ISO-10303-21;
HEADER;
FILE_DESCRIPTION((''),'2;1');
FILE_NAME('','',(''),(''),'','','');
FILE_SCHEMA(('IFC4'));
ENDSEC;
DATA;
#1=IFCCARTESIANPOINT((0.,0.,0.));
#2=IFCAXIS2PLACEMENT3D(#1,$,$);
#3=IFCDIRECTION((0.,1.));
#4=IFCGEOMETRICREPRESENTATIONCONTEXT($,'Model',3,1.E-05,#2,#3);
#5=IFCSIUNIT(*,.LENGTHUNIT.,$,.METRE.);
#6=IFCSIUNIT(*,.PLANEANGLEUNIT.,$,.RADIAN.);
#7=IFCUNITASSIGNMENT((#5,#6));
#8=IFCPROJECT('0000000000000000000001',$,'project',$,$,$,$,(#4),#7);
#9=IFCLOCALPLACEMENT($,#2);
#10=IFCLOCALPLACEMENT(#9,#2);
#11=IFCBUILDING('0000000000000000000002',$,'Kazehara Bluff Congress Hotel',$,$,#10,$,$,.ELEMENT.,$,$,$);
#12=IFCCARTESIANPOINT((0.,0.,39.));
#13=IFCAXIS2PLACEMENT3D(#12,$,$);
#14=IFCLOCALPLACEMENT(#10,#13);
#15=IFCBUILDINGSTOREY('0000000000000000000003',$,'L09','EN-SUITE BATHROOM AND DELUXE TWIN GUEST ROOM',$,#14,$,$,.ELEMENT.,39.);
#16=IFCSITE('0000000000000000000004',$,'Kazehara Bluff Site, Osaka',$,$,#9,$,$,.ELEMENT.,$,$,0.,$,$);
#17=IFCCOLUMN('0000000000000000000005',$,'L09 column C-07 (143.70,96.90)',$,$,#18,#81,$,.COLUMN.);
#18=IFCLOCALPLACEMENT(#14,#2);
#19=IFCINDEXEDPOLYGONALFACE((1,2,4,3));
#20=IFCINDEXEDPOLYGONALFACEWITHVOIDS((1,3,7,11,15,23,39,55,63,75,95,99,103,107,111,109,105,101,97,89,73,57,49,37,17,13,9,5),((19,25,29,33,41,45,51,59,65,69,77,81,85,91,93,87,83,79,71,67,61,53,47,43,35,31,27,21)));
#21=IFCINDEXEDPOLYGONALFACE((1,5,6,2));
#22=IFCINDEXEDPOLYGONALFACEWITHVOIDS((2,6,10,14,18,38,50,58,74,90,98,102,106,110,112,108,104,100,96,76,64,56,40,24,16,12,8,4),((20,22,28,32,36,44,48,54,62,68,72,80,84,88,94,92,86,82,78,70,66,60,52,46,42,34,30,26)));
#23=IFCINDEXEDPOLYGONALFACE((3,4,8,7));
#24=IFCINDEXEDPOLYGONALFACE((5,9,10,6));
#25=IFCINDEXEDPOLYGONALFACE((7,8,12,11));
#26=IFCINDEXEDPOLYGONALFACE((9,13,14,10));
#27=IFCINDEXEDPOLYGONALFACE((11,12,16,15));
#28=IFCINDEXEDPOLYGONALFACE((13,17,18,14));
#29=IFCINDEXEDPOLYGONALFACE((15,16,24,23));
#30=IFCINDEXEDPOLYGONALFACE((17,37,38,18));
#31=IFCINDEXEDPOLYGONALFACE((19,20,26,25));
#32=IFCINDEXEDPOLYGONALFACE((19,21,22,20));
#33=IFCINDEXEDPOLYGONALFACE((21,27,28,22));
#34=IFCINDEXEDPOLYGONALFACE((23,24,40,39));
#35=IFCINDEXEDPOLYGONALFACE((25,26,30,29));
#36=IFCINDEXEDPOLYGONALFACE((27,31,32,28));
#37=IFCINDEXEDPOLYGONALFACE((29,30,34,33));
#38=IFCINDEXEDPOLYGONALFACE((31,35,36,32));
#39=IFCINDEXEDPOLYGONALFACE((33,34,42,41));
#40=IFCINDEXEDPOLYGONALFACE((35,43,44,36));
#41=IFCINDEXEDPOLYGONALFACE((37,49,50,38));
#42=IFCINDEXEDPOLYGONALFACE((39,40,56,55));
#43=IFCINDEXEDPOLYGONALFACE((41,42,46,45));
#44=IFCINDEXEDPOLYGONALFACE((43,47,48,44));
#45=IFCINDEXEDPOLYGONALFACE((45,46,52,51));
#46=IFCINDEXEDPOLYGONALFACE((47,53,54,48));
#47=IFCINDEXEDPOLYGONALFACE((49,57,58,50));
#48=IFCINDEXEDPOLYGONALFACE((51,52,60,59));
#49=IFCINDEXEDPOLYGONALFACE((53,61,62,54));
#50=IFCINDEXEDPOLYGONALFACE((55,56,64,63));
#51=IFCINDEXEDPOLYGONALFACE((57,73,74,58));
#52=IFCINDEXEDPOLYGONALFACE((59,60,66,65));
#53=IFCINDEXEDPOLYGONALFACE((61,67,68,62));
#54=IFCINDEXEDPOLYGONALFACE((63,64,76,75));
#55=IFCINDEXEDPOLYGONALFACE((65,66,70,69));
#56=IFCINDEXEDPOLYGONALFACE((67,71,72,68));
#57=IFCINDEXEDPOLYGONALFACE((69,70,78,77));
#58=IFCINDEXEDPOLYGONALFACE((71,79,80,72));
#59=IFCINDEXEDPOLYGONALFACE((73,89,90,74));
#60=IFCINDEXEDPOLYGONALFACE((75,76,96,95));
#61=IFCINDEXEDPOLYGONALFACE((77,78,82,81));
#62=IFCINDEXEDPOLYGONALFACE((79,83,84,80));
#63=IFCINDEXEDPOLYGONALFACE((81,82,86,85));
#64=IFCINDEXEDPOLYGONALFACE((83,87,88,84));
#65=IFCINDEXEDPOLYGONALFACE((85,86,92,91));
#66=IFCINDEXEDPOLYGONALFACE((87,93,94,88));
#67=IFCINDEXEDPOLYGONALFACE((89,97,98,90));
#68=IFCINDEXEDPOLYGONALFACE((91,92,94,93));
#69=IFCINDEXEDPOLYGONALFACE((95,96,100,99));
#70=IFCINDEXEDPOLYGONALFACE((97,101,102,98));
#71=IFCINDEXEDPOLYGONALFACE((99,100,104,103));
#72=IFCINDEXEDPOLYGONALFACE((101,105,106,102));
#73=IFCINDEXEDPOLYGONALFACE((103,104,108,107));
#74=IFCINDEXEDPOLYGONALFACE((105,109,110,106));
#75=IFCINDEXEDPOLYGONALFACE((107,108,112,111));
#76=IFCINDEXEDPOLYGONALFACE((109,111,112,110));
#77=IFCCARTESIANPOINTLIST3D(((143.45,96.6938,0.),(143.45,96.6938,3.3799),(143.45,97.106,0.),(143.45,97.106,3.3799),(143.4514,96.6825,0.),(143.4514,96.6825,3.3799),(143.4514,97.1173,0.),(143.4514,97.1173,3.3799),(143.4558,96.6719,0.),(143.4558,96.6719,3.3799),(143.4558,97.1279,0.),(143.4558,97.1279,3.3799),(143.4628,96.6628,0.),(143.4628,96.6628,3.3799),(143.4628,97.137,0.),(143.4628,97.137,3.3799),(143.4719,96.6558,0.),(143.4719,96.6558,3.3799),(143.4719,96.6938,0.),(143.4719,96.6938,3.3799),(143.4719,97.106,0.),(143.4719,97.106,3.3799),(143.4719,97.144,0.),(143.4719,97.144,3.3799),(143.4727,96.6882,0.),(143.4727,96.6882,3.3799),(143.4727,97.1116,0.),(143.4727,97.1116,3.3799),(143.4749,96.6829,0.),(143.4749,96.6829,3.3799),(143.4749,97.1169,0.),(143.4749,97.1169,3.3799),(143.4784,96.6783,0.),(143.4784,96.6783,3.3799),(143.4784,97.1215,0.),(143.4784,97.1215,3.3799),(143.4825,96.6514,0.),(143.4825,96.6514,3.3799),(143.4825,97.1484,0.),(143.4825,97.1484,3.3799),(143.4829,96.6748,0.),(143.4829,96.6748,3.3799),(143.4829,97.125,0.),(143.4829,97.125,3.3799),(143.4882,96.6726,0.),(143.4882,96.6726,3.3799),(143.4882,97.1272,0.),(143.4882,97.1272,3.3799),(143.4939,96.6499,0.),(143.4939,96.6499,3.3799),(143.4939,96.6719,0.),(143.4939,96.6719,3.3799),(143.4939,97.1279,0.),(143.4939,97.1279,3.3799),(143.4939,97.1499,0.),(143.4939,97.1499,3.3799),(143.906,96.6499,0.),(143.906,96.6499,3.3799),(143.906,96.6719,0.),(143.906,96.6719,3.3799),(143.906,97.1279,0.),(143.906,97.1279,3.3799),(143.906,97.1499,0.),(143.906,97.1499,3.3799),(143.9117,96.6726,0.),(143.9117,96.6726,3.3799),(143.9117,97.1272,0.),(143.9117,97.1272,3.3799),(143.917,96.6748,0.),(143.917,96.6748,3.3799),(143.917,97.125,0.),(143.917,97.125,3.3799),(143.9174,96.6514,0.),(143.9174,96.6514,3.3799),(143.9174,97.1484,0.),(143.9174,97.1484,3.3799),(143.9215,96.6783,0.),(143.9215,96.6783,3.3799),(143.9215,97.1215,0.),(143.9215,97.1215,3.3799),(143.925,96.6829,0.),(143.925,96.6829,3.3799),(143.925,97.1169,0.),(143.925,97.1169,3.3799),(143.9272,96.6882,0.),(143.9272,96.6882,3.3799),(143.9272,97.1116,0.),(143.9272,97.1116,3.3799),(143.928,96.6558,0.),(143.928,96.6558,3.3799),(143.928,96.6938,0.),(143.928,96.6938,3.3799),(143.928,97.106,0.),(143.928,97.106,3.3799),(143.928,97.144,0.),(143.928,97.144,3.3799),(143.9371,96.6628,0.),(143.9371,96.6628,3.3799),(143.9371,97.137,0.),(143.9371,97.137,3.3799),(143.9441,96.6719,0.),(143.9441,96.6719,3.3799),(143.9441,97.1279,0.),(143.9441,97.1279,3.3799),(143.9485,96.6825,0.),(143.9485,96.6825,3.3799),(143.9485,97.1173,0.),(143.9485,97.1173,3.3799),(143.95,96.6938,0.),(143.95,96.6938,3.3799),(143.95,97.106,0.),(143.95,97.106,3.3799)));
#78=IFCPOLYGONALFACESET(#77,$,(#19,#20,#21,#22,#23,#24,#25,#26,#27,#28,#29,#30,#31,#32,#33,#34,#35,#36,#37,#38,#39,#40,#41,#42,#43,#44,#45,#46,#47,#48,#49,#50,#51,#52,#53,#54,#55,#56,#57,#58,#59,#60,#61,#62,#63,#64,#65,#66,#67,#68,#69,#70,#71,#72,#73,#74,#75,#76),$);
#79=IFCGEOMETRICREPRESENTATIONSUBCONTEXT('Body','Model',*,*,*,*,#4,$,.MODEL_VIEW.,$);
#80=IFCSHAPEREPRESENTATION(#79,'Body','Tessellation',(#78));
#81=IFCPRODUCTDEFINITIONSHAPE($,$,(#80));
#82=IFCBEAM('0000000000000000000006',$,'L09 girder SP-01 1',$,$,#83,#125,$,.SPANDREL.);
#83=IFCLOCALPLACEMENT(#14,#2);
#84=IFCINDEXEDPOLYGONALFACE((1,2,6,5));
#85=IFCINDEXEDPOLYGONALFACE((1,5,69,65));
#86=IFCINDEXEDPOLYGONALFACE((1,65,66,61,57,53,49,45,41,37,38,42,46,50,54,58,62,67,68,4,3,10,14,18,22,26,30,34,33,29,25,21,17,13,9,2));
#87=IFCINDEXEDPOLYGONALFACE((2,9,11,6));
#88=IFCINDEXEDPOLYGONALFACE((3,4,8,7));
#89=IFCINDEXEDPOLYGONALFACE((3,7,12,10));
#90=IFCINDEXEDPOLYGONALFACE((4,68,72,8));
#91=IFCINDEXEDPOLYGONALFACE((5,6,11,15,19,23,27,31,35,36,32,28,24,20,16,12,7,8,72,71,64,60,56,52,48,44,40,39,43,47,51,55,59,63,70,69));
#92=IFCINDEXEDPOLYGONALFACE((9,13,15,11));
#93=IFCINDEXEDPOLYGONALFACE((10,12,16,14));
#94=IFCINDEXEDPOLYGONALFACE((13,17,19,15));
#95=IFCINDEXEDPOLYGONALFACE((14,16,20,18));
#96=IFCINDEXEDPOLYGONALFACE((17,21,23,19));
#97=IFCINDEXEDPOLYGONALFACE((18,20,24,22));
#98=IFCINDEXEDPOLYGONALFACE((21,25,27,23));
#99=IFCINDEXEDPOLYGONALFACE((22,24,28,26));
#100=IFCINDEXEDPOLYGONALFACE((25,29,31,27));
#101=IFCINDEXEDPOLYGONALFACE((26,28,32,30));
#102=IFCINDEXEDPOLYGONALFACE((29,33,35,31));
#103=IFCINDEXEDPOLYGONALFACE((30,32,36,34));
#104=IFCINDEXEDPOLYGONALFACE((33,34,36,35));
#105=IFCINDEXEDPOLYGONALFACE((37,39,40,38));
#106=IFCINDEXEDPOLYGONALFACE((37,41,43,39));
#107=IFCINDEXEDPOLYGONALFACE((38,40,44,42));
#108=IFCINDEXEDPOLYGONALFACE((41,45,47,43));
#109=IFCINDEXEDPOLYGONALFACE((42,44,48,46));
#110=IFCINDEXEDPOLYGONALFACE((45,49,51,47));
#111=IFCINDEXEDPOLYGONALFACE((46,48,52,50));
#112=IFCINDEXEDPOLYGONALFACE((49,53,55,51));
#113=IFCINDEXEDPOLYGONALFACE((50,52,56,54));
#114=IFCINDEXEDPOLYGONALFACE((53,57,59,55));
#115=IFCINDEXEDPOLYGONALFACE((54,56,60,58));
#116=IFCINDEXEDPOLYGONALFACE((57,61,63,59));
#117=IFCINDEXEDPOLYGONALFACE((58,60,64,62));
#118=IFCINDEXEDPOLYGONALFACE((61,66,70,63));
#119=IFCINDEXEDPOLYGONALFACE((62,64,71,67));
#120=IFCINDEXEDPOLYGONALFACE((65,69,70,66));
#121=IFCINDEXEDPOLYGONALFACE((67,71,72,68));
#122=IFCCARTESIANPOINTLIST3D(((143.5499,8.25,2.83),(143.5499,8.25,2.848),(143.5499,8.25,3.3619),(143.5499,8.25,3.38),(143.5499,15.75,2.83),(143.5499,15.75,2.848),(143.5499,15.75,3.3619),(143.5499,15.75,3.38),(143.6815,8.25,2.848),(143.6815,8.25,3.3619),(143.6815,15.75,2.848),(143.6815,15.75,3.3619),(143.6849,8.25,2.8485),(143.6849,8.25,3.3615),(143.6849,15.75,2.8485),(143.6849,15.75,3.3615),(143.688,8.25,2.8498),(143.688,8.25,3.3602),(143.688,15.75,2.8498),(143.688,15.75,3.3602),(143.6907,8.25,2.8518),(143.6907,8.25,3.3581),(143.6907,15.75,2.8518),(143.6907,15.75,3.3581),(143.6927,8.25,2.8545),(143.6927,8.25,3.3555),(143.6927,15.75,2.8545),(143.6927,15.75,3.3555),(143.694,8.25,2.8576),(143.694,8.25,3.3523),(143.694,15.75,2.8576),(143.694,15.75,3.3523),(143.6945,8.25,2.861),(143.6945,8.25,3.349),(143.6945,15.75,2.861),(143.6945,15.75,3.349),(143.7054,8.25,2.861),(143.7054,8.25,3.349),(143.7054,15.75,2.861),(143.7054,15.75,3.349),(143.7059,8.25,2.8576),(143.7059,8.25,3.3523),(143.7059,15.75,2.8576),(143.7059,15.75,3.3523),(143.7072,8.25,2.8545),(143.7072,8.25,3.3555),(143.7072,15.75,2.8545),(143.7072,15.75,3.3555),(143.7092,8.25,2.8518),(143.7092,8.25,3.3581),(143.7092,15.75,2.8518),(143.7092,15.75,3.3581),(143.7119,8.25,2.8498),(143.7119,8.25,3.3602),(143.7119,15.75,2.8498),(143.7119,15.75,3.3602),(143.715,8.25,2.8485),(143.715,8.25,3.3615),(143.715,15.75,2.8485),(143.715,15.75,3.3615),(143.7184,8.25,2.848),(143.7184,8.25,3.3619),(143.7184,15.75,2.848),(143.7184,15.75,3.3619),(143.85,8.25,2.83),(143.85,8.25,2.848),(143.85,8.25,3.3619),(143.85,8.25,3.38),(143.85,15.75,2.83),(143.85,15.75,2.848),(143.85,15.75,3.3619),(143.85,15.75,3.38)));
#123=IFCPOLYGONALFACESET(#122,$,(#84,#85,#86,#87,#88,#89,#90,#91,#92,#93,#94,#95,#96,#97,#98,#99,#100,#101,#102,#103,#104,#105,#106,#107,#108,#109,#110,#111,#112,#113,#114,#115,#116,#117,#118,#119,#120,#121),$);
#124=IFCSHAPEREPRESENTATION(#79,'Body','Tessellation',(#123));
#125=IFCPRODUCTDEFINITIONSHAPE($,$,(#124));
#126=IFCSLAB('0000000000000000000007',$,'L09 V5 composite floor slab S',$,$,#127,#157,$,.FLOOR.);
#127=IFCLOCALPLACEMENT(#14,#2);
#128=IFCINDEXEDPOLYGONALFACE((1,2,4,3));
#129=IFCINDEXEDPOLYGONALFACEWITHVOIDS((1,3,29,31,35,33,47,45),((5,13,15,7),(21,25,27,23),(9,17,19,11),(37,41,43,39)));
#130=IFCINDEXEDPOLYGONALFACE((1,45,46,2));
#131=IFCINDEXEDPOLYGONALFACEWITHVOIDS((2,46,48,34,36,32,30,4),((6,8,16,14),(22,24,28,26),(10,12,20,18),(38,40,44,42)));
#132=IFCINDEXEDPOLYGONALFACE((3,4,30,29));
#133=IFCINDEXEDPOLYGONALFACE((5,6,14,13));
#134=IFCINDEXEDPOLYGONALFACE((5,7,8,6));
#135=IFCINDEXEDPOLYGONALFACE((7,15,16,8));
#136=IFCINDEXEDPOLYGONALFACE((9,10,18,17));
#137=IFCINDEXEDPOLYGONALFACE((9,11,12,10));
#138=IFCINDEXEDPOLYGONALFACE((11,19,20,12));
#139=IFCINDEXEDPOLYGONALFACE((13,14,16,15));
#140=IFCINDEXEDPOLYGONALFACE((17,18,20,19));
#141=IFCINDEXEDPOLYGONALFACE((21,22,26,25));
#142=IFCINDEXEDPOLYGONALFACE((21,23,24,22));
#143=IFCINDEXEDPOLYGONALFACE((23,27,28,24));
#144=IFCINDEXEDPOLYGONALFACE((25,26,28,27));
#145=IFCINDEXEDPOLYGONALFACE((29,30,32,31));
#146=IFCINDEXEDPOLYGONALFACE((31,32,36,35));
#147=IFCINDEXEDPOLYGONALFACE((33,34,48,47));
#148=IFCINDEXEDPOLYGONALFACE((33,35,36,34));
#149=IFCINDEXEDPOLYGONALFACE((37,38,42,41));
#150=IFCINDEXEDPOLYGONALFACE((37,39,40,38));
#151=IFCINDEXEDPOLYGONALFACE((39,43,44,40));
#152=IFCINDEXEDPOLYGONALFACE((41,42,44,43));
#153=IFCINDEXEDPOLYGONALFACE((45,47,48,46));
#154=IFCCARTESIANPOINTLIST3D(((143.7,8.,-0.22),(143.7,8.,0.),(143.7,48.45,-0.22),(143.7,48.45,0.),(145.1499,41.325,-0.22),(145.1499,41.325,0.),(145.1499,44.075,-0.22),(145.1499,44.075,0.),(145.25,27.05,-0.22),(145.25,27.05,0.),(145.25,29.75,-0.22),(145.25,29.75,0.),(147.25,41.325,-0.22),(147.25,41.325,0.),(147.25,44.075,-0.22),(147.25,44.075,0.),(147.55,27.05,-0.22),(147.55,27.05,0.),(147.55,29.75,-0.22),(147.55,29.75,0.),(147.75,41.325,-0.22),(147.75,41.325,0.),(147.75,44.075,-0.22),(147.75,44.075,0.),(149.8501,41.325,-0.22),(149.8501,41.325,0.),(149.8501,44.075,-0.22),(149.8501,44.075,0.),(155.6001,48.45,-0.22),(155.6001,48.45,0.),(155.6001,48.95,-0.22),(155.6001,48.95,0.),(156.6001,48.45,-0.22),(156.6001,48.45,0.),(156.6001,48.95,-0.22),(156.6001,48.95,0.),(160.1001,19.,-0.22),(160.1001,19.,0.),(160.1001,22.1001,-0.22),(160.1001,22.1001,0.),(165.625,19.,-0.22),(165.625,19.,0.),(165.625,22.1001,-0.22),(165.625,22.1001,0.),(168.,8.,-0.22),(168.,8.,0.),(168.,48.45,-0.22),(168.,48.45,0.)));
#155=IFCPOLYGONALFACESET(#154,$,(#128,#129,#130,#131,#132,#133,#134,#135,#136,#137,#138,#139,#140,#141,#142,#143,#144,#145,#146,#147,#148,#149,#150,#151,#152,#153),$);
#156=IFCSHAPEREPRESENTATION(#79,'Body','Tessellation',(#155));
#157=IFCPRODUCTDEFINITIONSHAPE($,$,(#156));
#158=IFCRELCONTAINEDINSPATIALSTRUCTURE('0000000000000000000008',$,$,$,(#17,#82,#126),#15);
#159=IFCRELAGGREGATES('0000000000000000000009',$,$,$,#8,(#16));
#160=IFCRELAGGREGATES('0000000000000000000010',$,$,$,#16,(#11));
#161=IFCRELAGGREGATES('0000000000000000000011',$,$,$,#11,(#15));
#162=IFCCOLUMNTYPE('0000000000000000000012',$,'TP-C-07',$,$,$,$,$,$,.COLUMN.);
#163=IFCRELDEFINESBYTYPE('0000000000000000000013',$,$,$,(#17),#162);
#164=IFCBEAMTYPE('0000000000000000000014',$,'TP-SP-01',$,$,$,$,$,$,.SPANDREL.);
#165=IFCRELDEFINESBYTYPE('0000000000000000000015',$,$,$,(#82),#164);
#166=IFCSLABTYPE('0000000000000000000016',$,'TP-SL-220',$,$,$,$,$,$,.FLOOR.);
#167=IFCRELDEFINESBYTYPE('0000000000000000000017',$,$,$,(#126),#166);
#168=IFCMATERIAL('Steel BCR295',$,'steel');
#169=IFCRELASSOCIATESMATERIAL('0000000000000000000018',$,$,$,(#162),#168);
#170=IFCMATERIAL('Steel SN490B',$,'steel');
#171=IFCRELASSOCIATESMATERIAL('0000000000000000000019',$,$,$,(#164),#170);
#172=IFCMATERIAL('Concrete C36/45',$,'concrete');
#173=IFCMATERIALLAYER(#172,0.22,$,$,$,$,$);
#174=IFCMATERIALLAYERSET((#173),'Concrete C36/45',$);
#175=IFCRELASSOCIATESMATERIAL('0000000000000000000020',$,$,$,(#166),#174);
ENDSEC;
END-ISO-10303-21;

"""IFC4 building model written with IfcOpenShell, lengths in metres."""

from ifc_helpers import new_model, si_unit, direction, frame, origin, origin_2d, place, context, subcontext, project, spatial, polyline, hollow_rectangle, i_section, outline, extrude, material, layer, layer_set, material_profile, profile_set, type_object, element, save


model = new_model("IFC4")

# Units and contexts
model_context = context("Model", 3, precision=1e-05, world=origin(), true_north=direction((0.0, 1.0)))
body_context = subcontext(model_context, "Body", "Model", "MODEL_VIEW")
ifc_project = project(units=[si_unit("LENGTHUNIT", "METRE"), si_unit("PLANEANGLEUNIT", "RADIAN")], contexts=[model_context])

# Site, building, storey
site_placement = place(None, origin())
site = spatial("IfcSite", under=ifc_project, at=site_placement, Name="Kazehara Bluff Site, Osaka", CompositionType="ELEMENT", RefElevation=0.0)
building_placement = place(site_placement, origin())
building = spatial("IfcBuilding", under=site, at=building_placement, Name="Kazehara Bluff Congress Hotel", CompositionType="ELEMENT")
storey_placement = place(building_placement, frame((0.0, 0.0, 39.0)))
storey = spatial("IfcBuildingStorey", under=building, at=storey_placement, Name="L09", Description="EN-SUITE BATHROOM AND DELUXE TWIN GUEST ROOM", CompositionType="ELEMENT", Elevation=39.0)

# Column
ifc_material_1 = material(Name="Steel BCR295", Category="steel")
ifc_material_profile_1 = material_profile(ifc_material_1, hollow_rectangle(XDim=0.5, YDim=0.5, WallThickness=0.022, InnerFilletRadius=0.022, OuterFilletRadius=0.0439, at=origin_2d()))
ifc_profile_set_1 = profile_set([ifc_material_profile_1], Name="Steel BCR295")
column_type = type_object("IfcColumnType", Name="TP-C-07", PredefinedType="COLUMN", material=ifc_profile_set_1)
for number, where, z_axis, x_axis, name in (
    (1, (143.7, 96.8999, 0.0), (0.0, 0.0, 1.0), (1.0, 0.0, 0.0), "L09 column C-07 (143.70,96.90)"),
):
    element("IfcColumn", number, at=place(storey_placement, frame(where, z_axis=z_axis, x_axis=x_axis)), inside=storey, type_object=column_type, Name=name, PredefinedType="COLUMN", context=body_context, shape_type="SweptSolid", body=[
        extrude(hollow_rectangle(XDim=0.5, YDim=0.5, WallThickness=0.022, InnerFilletRadius=0.022, OuterFilletRadius=0.0439, at=origin_2d()), origin(), (0.0, 0.0, 1.0), 3.3799),
    ])

# Beam
ifc_material_2 = material(Name="Steel SN490B", Category="steel")
ifc_material_profile_2 = material_profile(ifc_material_2, i_section(OverallWidth=0.3, OverallDepth=0.55, WebThickness=0.011, FlangeThickness=0.0181, FilletRadius=0.0129, at=origin_2d()))
ifc_profile_set_2 = profile_set([ifc_material_profile_2], Name="Steel SN490B")
beam_type = type_object("IfcBeamType", Name="TP-SP-01", PredefinedType="SPANDREL", material=ifc_profile_set_2)
beam_placement = place(storey_placement, frame((143.7, 8.25, 3.105), z_axis=(0.0, 1.0, 0.0), x_axis=(-1.0, 0.0, 0.0)))
element("IfcBeam", 2, at=beam_placement, inside=storey, type_object=beam_type, Name="L09 girder SP-01 1", PredefinedType="SPANDREL", context=body_context, shape_type="SweptSolid", body=[
    extrude(i_section(OverallWidth=0.3, OverallDepth=0.55, WebThickness=0.011, FlangeThickness=0.0181, FilletRadius=0.0129, at=origin_2d()), origin(), (0.0, 0.0, 1.0), 7.5),
])

# Slab
ifc_material_3 = material(Name="Concrete C36/45", Category="concrete")
ifc_layer_1 = layer(ifc_material_3, 0.22)
ifc_layer_set_1 = layer_set([ifc_layer_1], Name="Concrete C36/45")
slab_type_1 = type_object("IfcSlabType", Name="TP-SL-220", PredefinedType="FLOOR", material=ifc_layer_set_1)
slab_1_placement = place(storey_placement, frame((0.0, 0.0, -0.22)))
element("IfcSlab", 3, at=slab_1_placement, inside=storey, type_object=slab_type_1, Name="L09 V5 composite floor slab S", PredefinedType="FLOOR", context=body_context, shape_type="SweptSolid", body=[
    extrude(outline(polyline([(143.7, 8.0), (143.7, 48.45), (155.6001, 48.45), (155.6001, 48.95), (156.6001, 48.95), (156.6001, 48.45), (168.0, 48.45), (168.0, 8.0), (143.7, 8.0)]), holes=[polyline([(165.625, 22.1001), (160.1001, 22.1001), (160.1001, 19.0), (165.625, 19.0), (165.625, 22.1001)]), polyline([(145.1499, 41.325), (147.25, 41.325), (147.25, 44.075), (145.1499, 44.075), (145.1499, 41.325)]), polyline([(147.75, 41.325), (149.8501, 41.325), (149.8501, 44.075), (147.75, 44.075), (147.75, 41.325)]), polyline([(145.25, 27.05), (147.55, 27.05), (147.55, 29.75), (145.25, 29.75), (145.25, 27.05)])]), origin(), (0.0, 0.0, 1.0), 0.22),
])

save(model, "model.ifc")
